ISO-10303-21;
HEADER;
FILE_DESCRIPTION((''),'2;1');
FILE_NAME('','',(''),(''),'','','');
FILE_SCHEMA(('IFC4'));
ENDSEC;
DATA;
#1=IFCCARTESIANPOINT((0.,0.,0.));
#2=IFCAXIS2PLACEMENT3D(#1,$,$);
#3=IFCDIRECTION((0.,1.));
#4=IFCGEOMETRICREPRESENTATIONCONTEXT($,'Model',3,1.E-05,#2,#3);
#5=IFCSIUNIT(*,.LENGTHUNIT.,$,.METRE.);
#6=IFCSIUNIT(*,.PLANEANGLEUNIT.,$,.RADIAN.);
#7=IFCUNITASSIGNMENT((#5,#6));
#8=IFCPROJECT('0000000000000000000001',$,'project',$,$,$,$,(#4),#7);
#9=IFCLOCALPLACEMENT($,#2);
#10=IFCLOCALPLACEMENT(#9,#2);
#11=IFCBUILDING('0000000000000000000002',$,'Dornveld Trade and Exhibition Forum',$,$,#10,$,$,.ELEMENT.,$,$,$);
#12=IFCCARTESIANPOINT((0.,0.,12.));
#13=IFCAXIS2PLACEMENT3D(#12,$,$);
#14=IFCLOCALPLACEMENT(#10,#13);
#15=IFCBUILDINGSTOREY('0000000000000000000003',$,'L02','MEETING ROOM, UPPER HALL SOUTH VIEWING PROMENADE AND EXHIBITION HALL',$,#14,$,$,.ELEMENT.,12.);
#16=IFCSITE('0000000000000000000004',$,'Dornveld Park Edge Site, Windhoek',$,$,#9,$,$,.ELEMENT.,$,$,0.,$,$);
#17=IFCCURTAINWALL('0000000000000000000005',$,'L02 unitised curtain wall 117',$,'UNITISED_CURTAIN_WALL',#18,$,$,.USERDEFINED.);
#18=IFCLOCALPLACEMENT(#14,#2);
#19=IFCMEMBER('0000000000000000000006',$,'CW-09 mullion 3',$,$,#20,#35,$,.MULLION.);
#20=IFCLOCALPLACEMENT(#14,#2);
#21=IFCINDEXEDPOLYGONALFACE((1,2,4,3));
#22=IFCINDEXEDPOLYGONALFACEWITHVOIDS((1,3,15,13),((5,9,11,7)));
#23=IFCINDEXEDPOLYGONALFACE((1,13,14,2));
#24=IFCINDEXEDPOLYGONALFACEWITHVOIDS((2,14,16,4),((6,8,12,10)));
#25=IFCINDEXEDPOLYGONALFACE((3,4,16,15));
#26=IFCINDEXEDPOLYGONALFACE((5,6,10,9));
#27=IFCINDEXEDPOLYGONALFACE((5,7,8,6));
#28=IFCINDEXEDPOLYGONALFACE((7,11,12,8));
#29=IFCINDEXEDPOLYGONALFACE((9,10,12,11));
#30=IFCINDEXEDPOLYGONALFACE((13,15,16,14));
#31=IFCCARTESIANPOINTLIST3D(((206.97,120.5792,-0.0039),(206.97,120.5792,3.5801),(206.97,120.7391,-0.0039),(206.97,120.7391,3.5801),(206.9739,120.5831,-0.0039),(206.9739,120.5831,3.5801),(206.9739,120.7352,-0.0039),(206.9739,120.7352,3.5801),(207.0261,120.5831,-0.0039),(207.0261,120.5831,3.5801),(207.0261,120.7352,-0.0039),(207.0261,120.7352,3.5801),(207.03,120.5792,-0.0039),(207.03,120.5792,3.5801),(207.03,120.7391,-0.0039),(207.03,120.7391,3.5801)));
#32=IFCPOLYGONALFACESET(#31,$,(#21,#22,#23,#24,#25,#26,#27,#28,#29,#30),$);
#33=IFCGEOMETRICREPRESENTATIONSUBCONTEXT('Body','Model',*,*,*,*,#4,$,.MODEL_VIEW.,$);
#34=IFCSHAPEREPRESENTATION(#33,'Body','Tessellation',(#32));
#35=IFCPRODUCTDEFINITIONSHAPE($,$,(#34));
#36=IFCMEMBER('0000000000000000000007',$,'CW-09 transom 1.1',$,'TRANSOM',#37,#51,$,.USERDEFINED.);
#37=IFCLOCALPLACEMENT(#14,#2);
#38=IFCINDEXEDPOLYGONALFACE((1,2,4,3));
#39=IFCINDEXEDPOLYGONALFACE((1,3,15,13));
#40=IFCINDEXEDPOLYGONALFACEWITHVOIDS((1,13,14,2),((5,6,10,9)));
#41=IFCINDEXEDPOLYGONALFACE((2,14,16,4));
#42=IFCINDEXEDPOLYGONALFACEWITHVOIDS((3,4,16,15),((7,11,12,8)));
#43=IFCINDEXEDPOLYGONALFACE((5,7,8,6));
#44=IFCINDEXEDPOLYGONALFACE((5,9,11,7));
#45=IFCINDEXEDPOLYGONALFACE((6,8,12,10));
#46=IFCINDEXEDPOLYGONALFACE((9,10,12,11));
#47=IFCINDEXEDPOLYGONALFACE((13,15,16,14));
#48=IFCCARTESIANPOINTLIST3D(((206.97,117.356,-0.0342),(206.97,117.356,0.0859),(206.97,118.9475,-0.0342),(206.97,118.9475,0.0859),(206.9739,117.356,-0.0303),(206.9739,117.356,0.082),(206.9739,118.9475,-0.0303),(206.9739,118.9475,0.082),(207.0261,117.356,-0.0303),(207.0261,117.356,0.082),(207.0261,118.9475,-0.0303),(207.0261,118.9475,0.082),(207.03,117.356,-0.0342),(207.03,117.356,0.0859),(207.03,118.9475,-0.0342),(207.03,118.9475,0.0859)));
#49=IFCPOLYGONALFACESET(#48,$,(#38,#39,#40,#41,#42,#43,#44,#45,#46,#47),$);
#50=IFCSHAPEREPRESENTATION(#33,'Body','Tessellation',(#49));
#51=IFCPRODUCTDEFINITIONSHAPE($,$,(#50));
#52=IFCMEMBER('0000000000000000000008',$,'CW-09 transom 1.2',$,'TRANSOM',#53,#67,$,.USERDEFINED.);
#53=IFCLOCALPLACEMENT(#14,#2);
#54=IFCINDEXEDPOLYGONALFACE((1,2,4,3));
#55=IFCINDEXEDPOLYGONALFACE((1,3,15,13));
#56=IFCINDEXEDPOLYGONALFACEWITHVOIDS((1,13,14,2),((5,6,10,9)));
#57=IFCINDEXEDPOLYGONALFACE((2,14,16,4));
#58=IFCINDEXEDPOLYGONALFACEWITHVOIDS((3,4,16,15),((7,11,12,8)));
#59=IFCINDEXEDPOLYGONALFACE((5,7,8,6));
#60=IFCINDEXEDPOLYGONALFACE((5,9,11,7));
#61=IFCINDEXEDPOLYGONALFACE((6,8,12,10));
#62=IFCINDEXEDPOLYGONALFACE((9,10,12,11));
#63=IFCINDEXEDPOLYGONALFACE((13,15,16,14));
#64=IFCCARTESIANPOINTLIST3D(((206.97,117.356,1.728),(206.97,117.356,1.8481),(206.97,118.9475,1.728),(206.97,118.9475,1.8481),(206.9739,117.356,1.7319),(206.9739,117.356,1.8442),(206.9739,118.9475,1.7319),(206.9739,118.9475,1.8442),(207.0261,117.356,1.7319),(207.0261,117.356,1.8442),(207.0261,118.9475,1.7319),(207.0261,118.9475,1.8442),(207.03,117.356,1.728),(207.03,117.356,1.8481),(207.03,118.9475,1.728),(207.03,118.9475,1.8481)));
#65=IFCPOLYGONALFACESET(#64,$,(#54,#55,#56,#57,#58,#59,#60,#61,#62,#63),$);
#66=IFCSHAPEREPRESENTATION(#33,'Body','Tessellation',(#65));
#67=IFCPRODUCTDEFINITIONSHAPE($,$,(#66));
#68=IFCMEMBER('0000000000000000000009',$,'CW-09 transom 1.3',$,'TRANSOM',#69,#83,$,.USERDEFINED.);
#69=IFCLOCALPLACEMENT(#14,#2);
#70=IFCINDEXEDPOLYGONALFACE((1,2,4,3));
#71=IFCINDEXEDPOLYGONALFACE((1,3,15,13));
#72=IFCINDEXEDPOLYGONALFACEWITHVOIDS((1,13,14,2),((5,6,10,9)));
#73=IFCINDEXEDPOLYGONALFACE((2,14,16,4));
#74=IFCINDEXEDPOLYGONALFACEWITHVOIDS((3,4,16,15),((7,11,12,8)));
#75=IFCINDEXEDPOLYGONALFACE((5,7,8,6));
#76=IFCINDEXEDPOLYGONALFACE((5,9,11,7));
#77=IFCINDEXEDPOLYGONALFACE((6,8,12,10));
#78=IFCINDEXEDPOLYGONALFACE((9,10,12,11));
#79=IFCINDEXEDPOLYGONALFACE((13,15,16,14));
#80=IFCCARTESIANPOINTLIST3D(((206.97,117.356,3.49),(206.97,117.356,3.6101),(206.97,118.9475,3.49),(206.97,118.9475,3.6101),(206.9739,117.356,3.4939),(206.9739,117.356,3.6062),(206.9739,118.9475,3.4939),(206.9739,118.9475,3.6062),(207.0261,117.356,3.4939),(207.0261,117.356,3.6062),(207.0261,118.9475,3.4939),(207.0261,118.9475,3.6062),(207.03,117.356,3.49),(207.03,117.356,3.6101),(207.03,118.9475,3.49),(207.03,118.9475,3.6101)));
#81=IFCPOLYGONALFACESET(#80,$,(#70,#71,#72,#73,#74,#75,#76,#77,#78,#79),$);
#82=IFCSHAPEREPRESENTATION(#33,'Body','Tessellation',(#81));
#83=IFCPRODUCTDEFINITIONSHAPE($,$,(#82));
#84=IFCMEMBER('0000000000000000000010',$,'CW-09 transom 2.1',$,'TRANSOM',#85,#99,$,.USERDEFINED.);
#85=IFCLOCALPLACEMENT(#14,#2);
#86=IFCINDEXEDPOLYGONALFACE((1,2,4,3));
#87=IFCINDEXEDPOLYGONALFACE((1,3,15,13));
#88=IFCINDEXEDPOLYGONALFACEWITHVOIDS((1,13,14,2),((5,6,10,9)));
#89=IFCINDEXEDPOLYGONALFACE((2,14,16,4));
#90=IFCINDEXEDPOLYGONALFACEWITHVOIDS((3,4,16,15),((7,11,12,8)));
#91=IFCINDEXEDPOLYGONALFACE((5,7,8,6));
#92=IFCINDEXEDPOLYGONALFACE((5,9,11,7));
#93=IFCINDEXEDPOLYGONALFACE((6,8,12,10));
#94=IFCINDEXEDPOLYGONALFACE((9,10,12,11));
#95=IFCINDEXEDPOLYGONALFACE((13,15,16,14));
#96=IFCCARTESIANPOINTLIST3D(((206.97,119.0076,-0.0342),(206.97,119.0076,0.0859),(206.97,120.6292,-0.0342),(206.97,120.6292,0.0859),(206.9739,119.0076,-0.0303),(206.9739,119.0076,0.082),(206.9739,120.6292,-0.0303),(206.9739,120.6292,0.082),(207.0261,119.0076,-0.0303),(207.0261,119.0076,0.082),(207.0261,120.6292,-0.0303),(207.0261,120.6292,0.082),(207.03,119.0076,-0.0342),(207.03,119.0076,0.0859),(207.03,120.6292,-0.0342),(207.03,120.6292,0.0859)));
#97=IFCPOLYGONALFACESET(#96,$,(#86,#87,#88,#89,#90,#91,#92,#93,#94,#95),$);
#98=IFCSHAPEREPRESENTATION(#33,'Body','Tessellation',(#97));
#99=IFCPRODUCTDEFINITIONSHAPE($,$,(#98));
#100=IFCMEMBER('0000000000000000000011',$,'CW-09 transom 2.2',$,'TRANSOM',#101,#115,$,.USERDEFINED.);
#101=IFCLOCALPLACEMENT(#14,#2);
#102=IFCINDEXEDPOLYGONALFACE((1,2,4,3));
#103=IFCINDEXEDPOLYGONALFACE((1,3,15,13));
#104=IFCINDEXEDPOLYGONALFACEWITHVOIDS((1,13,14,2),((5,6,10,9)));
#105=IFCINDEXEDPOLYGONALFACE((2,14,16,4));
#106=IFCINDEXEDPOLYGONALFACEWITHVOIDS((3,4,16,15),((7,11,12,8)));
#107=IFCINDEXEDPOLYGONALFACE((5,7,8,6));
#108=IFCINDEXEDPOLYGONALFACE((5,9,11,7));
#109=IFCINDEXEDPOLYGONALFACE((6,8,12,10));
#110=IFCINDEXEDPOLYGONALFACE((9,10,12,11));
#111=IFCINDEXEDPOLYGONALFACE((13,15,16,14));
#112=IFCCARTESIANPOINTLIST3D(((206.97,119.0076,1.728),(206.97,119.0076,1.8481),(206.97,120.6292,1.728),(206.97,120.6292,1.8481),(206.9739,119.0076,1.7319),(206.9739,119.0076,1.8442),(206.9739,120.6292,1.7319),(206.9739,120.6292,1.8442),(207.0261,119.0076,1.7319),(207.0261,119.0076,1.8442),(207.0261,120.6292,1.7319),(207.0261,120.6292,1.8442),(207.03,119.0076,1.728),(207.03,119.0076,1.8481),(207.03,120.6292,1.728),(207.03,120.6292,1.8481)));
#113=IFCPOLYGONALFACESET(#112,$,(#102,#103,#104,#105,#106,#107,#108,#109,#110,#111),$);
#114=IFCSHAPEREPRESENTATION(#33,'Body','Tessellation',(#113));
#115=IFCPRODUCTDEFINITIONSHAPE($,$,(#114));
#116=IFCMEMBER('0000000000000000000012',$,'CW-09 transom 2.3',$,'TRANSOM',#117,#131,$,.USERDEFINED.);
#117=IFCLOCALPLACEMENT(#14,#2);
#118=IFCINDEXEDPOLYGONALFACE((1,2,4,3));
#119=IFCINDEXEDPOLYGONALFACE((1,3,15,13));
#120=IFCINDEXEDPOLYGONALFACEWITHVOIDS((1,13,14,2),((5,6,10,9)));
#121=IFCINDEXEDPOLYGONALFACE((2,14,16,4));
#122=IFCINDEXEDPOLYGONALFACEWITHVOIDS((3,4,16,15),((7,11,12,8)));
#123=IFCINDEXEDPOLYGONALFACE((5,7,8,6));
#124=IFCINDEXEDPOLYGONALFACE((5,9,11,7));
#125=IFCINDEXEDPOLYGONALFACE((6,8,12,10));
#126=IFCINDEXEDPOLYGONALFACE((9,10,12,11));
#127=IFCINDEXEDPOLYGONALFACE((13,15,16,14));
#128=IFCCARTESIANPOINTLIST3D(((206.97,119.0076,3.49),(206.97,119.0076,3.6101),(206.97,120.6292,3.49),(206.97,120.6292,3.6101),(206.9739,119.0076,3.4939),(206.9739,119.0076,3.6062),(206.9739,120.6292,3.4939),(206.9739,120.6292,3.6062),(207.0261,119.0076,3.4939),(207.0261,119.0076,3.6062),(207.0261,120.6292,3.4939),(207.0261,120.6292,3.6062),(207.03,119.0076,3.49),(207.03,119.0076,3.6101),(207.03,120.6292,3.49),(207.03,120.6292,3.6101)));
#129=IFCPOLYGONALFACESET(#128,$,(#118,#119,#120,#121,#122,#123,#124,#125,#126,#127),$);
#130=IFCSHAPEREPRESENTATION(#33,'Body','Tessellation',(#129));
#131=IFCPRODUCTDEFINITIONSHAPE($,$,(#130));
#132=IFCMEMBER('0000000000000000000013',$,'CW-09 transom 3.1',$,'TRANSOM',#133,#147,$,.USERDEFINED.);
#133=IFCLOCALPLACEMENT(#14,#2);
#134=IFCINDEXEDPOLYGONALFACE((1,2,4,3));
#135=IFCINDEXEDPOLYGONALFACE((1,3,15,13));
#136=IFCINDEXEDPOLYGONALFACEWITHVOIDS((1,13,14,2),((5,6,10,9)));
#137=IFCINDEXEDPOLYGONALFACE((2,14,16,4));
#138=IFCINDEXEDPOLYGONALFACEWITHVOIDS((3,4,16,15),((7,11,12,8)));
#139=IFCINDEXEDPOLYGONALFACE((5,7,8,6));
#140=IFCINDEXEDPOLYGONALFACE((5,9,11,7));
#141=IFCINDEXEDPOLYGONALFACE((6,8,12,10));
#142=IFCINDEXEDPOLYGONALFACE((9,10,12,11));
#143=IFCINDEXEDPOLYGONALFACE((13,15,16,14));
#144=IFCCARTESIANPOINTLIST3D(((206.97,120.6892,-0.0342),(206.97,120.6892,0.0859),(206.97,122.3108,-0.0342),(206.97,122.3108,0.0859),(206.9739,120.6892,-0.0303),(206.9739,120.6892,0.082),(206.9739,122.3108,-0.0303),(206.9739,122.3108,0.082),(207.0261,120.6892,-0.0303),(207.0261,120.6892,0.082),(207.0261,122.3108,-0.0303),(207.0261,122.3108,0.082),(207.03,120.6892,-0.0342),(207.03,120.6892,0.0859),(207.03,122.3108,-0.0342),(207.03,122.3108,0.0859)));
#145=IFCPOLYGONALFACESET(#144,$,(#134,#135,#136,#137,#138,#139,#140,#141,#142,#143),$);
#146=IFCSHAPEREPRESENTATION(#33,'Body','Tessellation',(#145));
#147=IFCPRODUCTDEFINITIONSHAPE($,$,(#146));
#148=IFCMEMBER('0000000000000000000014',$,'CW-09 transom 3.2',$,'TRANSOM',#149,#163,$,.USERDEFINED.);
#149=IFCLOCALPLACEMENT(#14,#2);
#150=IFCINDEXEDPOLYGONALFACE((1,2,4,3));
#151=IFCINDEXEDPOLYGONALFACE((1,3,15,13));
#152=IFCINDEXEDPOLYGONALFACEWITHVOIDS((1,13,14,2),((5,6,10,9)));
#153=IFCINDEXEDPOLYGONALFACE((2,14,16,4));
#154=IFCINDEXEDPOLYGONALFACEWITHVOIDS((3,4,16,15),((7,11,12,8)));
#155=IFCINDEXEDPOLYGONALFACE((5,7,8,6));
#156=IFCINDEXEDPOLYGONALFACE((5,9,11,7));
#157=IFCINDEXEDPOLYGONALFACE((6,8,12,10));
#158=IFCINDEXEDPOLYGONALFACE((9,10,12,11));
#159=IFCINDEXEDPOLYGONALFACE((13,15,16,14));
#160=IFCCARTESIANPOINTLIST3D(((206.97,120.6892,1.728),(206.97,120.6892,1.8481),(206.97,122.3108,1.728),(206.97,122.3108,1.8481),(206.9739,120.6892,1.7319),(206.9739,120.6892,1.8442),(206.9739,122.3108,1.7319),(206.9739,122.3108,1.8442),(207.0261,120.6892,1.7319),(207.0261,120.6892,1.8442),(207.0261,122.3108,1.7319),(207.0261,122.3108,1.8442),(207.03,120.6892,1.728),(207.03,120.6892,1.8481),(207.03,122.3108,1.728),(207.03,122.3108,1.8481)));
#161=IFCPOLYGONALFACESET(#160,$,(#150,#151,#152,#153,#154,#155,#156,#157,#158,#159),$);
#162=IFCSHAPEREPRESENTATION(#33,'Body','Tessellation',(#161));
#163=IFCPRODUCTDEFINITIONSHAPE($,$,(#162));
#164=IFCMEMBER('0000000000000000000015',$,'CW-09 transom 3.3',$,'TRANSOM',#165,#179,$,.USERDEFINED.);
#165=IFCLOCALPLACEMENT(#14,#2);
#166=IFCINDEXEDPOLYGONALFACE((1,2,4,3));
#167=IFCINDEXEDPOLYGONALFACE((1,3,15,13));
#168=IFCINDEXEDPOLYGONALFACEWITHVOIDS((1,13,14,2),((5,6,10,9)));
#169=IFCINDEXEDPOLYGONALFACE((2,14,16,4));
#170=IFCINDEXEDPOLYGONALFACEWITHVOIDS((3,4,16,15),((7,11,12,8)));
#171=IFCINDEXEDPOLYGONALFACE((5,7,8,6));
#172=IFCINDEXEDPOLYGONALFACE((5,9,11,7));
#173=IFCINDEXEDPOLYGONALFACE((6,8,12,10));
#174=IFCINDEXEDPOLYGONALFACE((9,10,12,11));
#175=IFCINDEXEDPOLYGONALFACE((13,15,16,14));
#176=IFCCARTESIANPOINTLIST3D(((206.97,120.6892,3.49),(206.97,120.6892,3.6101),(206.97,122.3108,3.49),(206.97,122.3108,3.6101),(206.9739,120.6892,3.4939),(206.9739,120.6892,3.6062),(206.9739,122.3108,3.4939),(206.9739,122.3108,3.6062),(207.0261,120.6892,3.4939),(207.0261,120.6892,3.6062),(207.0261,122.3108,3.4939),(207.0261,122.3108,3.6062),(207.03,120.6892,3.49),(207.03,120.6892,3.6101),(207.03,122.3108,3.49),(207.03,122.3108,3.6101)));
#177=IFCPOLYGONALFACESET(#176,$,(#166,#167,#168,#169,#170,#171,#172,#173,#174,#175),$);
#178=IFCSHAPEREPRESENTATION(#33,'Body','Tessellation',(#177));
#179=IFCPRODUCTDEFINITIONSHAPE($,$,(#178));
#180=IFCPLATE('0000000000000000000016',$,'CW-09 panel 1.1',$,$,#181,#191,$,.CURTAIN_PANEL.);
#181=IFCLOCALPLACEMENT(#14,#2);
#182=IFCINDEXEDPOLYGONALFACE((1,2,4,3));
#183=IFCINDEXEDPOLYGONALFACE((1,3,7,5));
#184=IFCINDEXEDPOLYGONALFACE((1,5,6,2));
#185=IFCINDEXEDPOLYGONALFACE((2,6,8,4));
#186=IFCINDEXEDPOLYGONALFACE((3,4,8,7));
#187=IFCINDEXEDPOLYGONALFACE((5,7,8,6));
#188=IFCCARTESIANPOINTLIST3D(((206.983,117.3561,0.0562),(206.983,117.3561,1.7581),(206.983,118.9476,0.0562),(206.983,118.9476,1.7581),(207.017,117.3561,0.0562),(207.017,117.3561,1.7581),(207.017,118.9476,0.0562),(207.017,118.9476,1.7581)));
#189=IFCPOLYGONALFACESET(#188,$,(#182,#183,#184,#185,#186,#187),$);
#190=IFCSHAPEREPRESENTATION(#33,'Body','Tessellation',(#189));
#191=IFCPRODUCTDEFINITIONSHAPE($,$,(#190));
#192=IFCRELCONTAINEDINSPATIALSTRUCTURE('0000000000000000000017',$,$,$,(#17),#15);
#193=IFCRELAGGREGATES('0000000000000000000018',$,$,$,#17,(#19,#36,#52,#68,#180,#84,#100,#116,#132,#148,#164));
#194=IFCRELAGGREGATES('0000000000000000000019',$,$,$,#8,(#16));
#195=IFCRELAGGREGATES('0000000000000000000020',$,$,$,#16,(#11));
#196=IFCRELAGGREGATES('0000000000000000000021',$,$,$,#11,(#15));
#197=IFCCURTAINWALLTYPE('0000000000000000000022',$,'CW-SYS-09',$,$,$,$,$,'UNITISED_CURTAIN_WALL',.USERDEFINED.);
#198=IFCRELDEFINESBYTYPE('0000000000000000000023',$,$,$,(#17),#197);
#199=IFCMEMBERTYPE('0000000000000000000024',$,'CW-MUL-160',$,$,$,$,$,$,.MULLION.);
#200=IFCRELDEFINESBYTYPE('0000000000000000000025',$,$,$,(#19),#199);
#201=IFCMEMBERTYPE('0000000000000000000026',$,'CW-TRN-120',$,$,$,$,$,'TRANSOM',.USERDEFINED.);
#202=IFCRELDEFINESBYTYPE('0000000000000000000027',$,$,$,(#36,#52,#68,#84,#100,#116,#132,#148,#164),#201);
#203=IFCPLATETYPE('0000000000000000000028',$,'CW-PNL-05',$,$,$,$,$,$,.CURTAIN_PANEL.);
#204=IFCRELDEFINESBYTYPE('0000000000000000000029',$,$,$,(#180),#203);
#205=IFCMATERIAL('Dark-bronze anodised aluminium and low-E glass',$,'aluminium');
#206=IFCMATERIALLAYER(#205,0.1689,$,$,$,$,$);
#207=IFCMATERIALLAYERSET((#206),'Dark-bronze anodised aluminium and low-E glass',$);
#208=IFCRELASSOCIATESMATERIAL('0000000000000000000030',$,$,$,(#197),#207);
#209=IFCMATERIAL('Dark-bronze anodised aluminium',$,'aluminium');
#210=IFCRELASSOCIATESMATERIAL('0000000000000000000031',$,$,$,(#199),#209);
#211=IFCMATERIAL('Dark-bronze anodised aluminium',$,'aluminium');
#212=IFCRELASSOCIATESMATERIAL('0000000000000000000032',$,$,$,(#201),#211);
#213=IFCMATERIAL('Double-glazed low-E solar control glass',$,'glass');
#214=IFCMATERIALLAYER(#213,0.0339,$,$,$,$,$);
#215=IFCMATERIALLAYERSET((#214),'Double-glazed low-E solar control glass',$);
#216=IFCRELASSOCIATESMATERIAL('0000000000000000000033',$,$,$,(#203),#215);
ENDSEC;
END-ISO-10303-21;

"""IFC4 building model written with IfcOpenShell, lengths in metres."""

from ifc_helpers import new_model, si_unit, direction, frame, origin, origin_2d, place, context, subcontext, project, spatial, rectangle, hollow_rectangle, extrude, material, layer, layer_set, material_profile, profile_set, type_object, element, aggregate, save


model = new_model("IFC4")

# Units and contexts
model_context = context("Model", 3, precision=1e-05, world=origin(), true_north=direction((0.0, 1.0)))
body_context = subcontext(model_context, "Body", "Model", "MODEL_VIEW")
ifc_project = project(units=[si_unit("LENGTHUNIT", "METRE"), si_unit("PLANEANGLEUNIT", "RADIAN")], contexts=[model_context])

# Site, building, storey
site_placement = place(None, origin())
site = spatial("IfcSite", under=ifc_project, at=site_placement, Name="Dornveld Park Edge Site, Windhoek", CompositionType="ELEMENT", RefElevation=0.0)
building_placement = place(site_placement, origin())
building = spatial("IfcBuilding", under=site, at=building_placement, Name="Dornveld Trade and Exhibition Forum", CompositionType="ELEMENT")
storey_placement = place(building_placement, frame((0.0, 0.0, 12.0)))
storey = spatial("IfcBuildingStorey", under=building, at=storey_placement, Name="L02", Description="MEETING ROOM, UPPER HALL SOUTH VIEWING PROMENADE AND EXHIBITION HALL", CompositionType="ELEMENT", Elevation=12.0)

# Curtain wall, members, plate
ifc_material_1 = material(Name="Dark-bronze anodised aluminium and low-E glass", Category="aluminium")
ifc_layer_1 = layer(ifc_material_1, 0.1689)
ifc_layer_set_1 = layer_set([ifc_layer_1], Name="Dark-bronze anodised aluminium and low-E glass")
curtain_wall_type = type_object("IfcCurtainWallType", Name="CW-SYS-09", ElementType="UNITISED_CURTAIN_WALL", PredefinedType="USERDEFINED", material=ifc_layer_set_1)
curtain_wall_placement = place(storey_placement, origin())
curtain_wall = element("IfcCurtainWall", 1, at=curtain_wall_placement, inside=storey, type_object=curtain_wall_type, Name="L02 unitised curtain wall 117", ObjectType="UNITISED_CURTAIN_WALL", PredefinedType="USERDEFINED")
ifc_material_2 = material(Name="Dark-bronze anodised aluminium", Category="aluminium")
ifc_material_profile_1 = material_profile(ifc_material_2, hollow_rectangle(XDim=0.0601, YDim=0.1599, WallThickness=0.0039, at=origin_2d()), Name="RHS 160x60x4")
ifc_profile_set_1 = profile_set([ifc_material_profile_1], Name="Dark-bronze anodised aluminium")
member_type_1 = type_object("IfcMemberType", Name="CW-MUL-160", PredefinedType="MULLION", material=ifc_profile_set_1)
member_1_placement = place(storey_placement, frame((207.0, 120.6592, -0.0039), z_axis=(0.0, 0.0, 1.0), x_axis=(-1.0, 0.0, 0.0)))
member_1 = element("IfcMember", 2, at=member_1_placement, type_object=member_type_1, Name="CW-09 mullion 3", PredefinedType="MULLION", context=body_context, shape_type="SweptSolid", body=[
    extrude(hollow_rectangle(XDim=0.0601, YDim=0.1599, WallThickness=0.0039, at=origin_2d()), origin(), (0.0, 0.0, 1.0), 3.584),
])
ifc_material_3 = material(Name="Dark-bronze anodised aluminium", Category="aluminium")
ifc_material_profile_2 = material_profile(ifc_material_3, hollow_rectangle(XDim=0.0601, YDim=0.1201, WallThickness=0.0039, at=origin_2d()), Name="RHS 120x60x4")
ifc_profile_set_2 = profile_set([ifc_material_profile_2], Name="Dark-bronze anodised aluminium")
member_type_2 = type_object("IfcMemberType", Name="CW-TRN-120", ElementType="TRANSOM", PredefinedType="USERDEFINED", material=ifc_profile_set_2)
member_2_placement = place(storey_placement, frame((207.0, 117.356, 0.0259), z_axis=(0.0, 1.0, 0.0), x_axis=(-1.0, 0.0, 0.0)))
member_2 = element("IfcMember", 3, at=member_2_placement, type_object=member_type_2, Name="CW-09 transom 1.1", ObjectType="TRANSOM", PredefinedType="USERDEFINED", context=body_context, shape_type="SweptSolid", body=[
    extrude(hollow_rectangle(XDim=0.0601, YDim=0.1201, WallThickness=0.0039, at=origin_2d()), origin(), (0.0, 0.0, 1.0), 1.5916),
])
member_3_placement = place(storey_placement, frame((207.0, 117.356, 1.7881), z_axis=(0.0, 1.0, 0.0), x_axis=(-1.0, 0.0, 0.0)))
member_3 = element("IfcMember", 4, at=member_3_placement, type_object=member_type_2, Name="CW-09 transom 1.2", ObjectType="TRANSOM", PredefinedType="USERDEFINED", context=body_context, shape_type="SweptSolid", body=[
    extrude(hollow_rectangle(XDim=0.0601, YDim=0.1201, WallThickness=0.0039, at=origin_2d()), origin(), (0.0, 0.0, 1.0), 1.5916),
])
member_4_placement = place(storey_placement, frame((207.0, 117.356, 3.55), z_axis=(0.0, 1.0, 0.0), x_axis=(-1.0, 0.0, 0.0)))
member_4 = element("IfcMember", 5, at=member_4_placement, type_object=member_type_2, Name="CW-09 transom 1.3", ObjectType="TRANSOM", PredefinedType="USERDEFINED", context=body_context, shape_type="SweptSolid", body=[
    extrude(hollow_rectangle(XDim=0.0601, YDim=0.1201, WallThickness=0.0039, at=origin_2d()), origin(), (0.0, 0.0, 1.0), 1.5916),
])
member_5_placement = place(storey_placement, frame((207.0, 119.0076, 0.0259), z_axis=(0.0, 1.0, 0.0), x_axis=(-1.0, 0.0, 0.0)))
member_5 = element("IfcMember", 6, at=member_5_placement, type_object=member_type_2, Name="CW-09 transom 2.1", ObjectType="TRANSOM", PredefinedType="USERDEFINED", context=body_context, shape_type="SweptSolid", body=[
    extrude(hollow_rectangle(XDim=0.0601, YDim=0.1201, WallThickness=0.0039, at=origin_2d()), origin(), (0.0, 0.0, 1.0), 1.6216),
])
member_6_placement = place(storey_placement, frame((207.0, 119.0076, 1.7881), z_axis=(0.0, 1.0, 0.0), x_axis=(-1.0, 0.0, 0.0)))
member_6 = element("IfcMember", 7, at=member_6_placement, type_object=member_type_2, Name="CW-09 transom 2.2", ObjectType="TRANSOM", PredefinedType="USERDEFINED", context=body_context, shape_type="SweptSolid", body=[
    extrude(hollow_rectangle(XDim=0.0601, YDim=0.1201, WallThickness=0.0039, at=origin_2d()), origin(), (0.0, 0.0, 1.0), 1.6216),
])
member_7_placement = place(storey_placement, frame((207.0, 119.0076, 3.55), z_axis=(0.0, 1.0, 0.0), x_axis=(-1.0, 0.0, 0.0)))
member_7 = element("IfcMember", 8, at=member_7_placement, type_object=member_type_2, Name="CW-09 transom 2.3", ObjectType="TRANSOM", PredefinedType="USERDEFINED", context=body_context, shape_type="SweptSolid", body=[
    extrude(hollow_rectangle(XDim=0.0601, YDim=0.1201, WallThickness=0.0039, at=origin_2d()), origin(), (0.0, 0.0, 1.0), 1.6216),
])
member_8_placement = place(storey_placement, frame((207.0, 120.6892, 0.0259), z_axis=(0.0, 1.0, 0.0), x_axis=(-1.0, 0.0, 0.0)))
member_8 = element("IfcMember", 9, at=member_8_placement, type_object=member_type_2, Name="CW-09 transom 3.1", ObjectType="TRANSOM", PredefinedType="USERDEFINED", context=body_context, shape_type="SweptSolid", body=[
    extrude(hollow_rectangle(XDim=0.0601, YDim=0.1201, WallThickness=0.0039, at=origin_2d()), origin(), (0.0, 0.0, 1.0), 1.6216),
])
member_9_placement = place(storey_placement, frame((207.0, 120.6892, 1.7881), z_axis=(0.0, 1.0, 0.0), x_axis=(-1.0, 0.0, 0.0)))
member_9 = element("IfcMember", 10, at=member_9_placement, type_object=member_type_2, Name="CW-09 transom 3.2", ObjectType="TRANSOM", PredefinedType="USERDEFINED", context=body_context, shape_type="SweptSolid", body=[
    extrude(hollow_rectangle(XDim=0.0601, YDim=0.1201, WallThickness=0.0039, at=origin_2d()), origin(), (0.0, 0.0, 1.0), 1.6216),
])
member_10_placement = place(storey_placement, frame((207.0, 120.6892, 3.55), z_axis=(0.0, 1.0, 0.0), x_axis=(-1.0, 0.0, 0.0)))
member_10 = element("IfcMember", 11, at=member_10_placement, type_object=member_type_2, Name="CW-09 transom 3.3", ObjectType="TRANSOM", PredefinedType="USERDEFINED", context=body_context, shape_type="SweptSolid", body=[
    extrude(hollow_rectangle(XDim=0.0601, YDim=0.1201, WallThickness=0.0039, at=origin_2d()), origin(), (0.0, 0.0, 1.0), 1.6216),
])
ifc_material_4 = material(Name="Double-glazed low-E solar control glass", Category="glass")
ifc_layer_2 = layer(ifc_material_4, 0.0339)
ifc_layer_set_2 = layer_set([ifc_layer_2], Name="Double-glazed low-E solar control glass")
plate_type = type_object("IfcPlateType", Name="CW-PNL-05", PredefinedType="CURTAIN_PANEL", material=ifc_layer_set_2)
plate_1_placement = place(storey_placement, frame((207.0, 118.1519, 0.0562), z_axis=(0.0, 0.0, 1.0), x_axis=(0.0, 1.0, 0.0)))
plate_1 = element("IfcPlate", 12, at=plate_1_placement, type_object=plate_type, Name="CW-09 panel 1.1", PredefinedType="CURTAIN_PANEL", context=body_context, shape_type="SweptSolid", body=[
    extrude(rectangle(XDim=1.5916, YDim=0.0339, at=origin_2d()), origin(), (0.0, 0.0, 1.0), 1.7019),
])
aggregate(curtain_wall, [member_1, member_2, member_3, member_4, plate_1, member_5, member_6, member_7, member_8, member_9, member_10])

save(model, "model.ifc")
